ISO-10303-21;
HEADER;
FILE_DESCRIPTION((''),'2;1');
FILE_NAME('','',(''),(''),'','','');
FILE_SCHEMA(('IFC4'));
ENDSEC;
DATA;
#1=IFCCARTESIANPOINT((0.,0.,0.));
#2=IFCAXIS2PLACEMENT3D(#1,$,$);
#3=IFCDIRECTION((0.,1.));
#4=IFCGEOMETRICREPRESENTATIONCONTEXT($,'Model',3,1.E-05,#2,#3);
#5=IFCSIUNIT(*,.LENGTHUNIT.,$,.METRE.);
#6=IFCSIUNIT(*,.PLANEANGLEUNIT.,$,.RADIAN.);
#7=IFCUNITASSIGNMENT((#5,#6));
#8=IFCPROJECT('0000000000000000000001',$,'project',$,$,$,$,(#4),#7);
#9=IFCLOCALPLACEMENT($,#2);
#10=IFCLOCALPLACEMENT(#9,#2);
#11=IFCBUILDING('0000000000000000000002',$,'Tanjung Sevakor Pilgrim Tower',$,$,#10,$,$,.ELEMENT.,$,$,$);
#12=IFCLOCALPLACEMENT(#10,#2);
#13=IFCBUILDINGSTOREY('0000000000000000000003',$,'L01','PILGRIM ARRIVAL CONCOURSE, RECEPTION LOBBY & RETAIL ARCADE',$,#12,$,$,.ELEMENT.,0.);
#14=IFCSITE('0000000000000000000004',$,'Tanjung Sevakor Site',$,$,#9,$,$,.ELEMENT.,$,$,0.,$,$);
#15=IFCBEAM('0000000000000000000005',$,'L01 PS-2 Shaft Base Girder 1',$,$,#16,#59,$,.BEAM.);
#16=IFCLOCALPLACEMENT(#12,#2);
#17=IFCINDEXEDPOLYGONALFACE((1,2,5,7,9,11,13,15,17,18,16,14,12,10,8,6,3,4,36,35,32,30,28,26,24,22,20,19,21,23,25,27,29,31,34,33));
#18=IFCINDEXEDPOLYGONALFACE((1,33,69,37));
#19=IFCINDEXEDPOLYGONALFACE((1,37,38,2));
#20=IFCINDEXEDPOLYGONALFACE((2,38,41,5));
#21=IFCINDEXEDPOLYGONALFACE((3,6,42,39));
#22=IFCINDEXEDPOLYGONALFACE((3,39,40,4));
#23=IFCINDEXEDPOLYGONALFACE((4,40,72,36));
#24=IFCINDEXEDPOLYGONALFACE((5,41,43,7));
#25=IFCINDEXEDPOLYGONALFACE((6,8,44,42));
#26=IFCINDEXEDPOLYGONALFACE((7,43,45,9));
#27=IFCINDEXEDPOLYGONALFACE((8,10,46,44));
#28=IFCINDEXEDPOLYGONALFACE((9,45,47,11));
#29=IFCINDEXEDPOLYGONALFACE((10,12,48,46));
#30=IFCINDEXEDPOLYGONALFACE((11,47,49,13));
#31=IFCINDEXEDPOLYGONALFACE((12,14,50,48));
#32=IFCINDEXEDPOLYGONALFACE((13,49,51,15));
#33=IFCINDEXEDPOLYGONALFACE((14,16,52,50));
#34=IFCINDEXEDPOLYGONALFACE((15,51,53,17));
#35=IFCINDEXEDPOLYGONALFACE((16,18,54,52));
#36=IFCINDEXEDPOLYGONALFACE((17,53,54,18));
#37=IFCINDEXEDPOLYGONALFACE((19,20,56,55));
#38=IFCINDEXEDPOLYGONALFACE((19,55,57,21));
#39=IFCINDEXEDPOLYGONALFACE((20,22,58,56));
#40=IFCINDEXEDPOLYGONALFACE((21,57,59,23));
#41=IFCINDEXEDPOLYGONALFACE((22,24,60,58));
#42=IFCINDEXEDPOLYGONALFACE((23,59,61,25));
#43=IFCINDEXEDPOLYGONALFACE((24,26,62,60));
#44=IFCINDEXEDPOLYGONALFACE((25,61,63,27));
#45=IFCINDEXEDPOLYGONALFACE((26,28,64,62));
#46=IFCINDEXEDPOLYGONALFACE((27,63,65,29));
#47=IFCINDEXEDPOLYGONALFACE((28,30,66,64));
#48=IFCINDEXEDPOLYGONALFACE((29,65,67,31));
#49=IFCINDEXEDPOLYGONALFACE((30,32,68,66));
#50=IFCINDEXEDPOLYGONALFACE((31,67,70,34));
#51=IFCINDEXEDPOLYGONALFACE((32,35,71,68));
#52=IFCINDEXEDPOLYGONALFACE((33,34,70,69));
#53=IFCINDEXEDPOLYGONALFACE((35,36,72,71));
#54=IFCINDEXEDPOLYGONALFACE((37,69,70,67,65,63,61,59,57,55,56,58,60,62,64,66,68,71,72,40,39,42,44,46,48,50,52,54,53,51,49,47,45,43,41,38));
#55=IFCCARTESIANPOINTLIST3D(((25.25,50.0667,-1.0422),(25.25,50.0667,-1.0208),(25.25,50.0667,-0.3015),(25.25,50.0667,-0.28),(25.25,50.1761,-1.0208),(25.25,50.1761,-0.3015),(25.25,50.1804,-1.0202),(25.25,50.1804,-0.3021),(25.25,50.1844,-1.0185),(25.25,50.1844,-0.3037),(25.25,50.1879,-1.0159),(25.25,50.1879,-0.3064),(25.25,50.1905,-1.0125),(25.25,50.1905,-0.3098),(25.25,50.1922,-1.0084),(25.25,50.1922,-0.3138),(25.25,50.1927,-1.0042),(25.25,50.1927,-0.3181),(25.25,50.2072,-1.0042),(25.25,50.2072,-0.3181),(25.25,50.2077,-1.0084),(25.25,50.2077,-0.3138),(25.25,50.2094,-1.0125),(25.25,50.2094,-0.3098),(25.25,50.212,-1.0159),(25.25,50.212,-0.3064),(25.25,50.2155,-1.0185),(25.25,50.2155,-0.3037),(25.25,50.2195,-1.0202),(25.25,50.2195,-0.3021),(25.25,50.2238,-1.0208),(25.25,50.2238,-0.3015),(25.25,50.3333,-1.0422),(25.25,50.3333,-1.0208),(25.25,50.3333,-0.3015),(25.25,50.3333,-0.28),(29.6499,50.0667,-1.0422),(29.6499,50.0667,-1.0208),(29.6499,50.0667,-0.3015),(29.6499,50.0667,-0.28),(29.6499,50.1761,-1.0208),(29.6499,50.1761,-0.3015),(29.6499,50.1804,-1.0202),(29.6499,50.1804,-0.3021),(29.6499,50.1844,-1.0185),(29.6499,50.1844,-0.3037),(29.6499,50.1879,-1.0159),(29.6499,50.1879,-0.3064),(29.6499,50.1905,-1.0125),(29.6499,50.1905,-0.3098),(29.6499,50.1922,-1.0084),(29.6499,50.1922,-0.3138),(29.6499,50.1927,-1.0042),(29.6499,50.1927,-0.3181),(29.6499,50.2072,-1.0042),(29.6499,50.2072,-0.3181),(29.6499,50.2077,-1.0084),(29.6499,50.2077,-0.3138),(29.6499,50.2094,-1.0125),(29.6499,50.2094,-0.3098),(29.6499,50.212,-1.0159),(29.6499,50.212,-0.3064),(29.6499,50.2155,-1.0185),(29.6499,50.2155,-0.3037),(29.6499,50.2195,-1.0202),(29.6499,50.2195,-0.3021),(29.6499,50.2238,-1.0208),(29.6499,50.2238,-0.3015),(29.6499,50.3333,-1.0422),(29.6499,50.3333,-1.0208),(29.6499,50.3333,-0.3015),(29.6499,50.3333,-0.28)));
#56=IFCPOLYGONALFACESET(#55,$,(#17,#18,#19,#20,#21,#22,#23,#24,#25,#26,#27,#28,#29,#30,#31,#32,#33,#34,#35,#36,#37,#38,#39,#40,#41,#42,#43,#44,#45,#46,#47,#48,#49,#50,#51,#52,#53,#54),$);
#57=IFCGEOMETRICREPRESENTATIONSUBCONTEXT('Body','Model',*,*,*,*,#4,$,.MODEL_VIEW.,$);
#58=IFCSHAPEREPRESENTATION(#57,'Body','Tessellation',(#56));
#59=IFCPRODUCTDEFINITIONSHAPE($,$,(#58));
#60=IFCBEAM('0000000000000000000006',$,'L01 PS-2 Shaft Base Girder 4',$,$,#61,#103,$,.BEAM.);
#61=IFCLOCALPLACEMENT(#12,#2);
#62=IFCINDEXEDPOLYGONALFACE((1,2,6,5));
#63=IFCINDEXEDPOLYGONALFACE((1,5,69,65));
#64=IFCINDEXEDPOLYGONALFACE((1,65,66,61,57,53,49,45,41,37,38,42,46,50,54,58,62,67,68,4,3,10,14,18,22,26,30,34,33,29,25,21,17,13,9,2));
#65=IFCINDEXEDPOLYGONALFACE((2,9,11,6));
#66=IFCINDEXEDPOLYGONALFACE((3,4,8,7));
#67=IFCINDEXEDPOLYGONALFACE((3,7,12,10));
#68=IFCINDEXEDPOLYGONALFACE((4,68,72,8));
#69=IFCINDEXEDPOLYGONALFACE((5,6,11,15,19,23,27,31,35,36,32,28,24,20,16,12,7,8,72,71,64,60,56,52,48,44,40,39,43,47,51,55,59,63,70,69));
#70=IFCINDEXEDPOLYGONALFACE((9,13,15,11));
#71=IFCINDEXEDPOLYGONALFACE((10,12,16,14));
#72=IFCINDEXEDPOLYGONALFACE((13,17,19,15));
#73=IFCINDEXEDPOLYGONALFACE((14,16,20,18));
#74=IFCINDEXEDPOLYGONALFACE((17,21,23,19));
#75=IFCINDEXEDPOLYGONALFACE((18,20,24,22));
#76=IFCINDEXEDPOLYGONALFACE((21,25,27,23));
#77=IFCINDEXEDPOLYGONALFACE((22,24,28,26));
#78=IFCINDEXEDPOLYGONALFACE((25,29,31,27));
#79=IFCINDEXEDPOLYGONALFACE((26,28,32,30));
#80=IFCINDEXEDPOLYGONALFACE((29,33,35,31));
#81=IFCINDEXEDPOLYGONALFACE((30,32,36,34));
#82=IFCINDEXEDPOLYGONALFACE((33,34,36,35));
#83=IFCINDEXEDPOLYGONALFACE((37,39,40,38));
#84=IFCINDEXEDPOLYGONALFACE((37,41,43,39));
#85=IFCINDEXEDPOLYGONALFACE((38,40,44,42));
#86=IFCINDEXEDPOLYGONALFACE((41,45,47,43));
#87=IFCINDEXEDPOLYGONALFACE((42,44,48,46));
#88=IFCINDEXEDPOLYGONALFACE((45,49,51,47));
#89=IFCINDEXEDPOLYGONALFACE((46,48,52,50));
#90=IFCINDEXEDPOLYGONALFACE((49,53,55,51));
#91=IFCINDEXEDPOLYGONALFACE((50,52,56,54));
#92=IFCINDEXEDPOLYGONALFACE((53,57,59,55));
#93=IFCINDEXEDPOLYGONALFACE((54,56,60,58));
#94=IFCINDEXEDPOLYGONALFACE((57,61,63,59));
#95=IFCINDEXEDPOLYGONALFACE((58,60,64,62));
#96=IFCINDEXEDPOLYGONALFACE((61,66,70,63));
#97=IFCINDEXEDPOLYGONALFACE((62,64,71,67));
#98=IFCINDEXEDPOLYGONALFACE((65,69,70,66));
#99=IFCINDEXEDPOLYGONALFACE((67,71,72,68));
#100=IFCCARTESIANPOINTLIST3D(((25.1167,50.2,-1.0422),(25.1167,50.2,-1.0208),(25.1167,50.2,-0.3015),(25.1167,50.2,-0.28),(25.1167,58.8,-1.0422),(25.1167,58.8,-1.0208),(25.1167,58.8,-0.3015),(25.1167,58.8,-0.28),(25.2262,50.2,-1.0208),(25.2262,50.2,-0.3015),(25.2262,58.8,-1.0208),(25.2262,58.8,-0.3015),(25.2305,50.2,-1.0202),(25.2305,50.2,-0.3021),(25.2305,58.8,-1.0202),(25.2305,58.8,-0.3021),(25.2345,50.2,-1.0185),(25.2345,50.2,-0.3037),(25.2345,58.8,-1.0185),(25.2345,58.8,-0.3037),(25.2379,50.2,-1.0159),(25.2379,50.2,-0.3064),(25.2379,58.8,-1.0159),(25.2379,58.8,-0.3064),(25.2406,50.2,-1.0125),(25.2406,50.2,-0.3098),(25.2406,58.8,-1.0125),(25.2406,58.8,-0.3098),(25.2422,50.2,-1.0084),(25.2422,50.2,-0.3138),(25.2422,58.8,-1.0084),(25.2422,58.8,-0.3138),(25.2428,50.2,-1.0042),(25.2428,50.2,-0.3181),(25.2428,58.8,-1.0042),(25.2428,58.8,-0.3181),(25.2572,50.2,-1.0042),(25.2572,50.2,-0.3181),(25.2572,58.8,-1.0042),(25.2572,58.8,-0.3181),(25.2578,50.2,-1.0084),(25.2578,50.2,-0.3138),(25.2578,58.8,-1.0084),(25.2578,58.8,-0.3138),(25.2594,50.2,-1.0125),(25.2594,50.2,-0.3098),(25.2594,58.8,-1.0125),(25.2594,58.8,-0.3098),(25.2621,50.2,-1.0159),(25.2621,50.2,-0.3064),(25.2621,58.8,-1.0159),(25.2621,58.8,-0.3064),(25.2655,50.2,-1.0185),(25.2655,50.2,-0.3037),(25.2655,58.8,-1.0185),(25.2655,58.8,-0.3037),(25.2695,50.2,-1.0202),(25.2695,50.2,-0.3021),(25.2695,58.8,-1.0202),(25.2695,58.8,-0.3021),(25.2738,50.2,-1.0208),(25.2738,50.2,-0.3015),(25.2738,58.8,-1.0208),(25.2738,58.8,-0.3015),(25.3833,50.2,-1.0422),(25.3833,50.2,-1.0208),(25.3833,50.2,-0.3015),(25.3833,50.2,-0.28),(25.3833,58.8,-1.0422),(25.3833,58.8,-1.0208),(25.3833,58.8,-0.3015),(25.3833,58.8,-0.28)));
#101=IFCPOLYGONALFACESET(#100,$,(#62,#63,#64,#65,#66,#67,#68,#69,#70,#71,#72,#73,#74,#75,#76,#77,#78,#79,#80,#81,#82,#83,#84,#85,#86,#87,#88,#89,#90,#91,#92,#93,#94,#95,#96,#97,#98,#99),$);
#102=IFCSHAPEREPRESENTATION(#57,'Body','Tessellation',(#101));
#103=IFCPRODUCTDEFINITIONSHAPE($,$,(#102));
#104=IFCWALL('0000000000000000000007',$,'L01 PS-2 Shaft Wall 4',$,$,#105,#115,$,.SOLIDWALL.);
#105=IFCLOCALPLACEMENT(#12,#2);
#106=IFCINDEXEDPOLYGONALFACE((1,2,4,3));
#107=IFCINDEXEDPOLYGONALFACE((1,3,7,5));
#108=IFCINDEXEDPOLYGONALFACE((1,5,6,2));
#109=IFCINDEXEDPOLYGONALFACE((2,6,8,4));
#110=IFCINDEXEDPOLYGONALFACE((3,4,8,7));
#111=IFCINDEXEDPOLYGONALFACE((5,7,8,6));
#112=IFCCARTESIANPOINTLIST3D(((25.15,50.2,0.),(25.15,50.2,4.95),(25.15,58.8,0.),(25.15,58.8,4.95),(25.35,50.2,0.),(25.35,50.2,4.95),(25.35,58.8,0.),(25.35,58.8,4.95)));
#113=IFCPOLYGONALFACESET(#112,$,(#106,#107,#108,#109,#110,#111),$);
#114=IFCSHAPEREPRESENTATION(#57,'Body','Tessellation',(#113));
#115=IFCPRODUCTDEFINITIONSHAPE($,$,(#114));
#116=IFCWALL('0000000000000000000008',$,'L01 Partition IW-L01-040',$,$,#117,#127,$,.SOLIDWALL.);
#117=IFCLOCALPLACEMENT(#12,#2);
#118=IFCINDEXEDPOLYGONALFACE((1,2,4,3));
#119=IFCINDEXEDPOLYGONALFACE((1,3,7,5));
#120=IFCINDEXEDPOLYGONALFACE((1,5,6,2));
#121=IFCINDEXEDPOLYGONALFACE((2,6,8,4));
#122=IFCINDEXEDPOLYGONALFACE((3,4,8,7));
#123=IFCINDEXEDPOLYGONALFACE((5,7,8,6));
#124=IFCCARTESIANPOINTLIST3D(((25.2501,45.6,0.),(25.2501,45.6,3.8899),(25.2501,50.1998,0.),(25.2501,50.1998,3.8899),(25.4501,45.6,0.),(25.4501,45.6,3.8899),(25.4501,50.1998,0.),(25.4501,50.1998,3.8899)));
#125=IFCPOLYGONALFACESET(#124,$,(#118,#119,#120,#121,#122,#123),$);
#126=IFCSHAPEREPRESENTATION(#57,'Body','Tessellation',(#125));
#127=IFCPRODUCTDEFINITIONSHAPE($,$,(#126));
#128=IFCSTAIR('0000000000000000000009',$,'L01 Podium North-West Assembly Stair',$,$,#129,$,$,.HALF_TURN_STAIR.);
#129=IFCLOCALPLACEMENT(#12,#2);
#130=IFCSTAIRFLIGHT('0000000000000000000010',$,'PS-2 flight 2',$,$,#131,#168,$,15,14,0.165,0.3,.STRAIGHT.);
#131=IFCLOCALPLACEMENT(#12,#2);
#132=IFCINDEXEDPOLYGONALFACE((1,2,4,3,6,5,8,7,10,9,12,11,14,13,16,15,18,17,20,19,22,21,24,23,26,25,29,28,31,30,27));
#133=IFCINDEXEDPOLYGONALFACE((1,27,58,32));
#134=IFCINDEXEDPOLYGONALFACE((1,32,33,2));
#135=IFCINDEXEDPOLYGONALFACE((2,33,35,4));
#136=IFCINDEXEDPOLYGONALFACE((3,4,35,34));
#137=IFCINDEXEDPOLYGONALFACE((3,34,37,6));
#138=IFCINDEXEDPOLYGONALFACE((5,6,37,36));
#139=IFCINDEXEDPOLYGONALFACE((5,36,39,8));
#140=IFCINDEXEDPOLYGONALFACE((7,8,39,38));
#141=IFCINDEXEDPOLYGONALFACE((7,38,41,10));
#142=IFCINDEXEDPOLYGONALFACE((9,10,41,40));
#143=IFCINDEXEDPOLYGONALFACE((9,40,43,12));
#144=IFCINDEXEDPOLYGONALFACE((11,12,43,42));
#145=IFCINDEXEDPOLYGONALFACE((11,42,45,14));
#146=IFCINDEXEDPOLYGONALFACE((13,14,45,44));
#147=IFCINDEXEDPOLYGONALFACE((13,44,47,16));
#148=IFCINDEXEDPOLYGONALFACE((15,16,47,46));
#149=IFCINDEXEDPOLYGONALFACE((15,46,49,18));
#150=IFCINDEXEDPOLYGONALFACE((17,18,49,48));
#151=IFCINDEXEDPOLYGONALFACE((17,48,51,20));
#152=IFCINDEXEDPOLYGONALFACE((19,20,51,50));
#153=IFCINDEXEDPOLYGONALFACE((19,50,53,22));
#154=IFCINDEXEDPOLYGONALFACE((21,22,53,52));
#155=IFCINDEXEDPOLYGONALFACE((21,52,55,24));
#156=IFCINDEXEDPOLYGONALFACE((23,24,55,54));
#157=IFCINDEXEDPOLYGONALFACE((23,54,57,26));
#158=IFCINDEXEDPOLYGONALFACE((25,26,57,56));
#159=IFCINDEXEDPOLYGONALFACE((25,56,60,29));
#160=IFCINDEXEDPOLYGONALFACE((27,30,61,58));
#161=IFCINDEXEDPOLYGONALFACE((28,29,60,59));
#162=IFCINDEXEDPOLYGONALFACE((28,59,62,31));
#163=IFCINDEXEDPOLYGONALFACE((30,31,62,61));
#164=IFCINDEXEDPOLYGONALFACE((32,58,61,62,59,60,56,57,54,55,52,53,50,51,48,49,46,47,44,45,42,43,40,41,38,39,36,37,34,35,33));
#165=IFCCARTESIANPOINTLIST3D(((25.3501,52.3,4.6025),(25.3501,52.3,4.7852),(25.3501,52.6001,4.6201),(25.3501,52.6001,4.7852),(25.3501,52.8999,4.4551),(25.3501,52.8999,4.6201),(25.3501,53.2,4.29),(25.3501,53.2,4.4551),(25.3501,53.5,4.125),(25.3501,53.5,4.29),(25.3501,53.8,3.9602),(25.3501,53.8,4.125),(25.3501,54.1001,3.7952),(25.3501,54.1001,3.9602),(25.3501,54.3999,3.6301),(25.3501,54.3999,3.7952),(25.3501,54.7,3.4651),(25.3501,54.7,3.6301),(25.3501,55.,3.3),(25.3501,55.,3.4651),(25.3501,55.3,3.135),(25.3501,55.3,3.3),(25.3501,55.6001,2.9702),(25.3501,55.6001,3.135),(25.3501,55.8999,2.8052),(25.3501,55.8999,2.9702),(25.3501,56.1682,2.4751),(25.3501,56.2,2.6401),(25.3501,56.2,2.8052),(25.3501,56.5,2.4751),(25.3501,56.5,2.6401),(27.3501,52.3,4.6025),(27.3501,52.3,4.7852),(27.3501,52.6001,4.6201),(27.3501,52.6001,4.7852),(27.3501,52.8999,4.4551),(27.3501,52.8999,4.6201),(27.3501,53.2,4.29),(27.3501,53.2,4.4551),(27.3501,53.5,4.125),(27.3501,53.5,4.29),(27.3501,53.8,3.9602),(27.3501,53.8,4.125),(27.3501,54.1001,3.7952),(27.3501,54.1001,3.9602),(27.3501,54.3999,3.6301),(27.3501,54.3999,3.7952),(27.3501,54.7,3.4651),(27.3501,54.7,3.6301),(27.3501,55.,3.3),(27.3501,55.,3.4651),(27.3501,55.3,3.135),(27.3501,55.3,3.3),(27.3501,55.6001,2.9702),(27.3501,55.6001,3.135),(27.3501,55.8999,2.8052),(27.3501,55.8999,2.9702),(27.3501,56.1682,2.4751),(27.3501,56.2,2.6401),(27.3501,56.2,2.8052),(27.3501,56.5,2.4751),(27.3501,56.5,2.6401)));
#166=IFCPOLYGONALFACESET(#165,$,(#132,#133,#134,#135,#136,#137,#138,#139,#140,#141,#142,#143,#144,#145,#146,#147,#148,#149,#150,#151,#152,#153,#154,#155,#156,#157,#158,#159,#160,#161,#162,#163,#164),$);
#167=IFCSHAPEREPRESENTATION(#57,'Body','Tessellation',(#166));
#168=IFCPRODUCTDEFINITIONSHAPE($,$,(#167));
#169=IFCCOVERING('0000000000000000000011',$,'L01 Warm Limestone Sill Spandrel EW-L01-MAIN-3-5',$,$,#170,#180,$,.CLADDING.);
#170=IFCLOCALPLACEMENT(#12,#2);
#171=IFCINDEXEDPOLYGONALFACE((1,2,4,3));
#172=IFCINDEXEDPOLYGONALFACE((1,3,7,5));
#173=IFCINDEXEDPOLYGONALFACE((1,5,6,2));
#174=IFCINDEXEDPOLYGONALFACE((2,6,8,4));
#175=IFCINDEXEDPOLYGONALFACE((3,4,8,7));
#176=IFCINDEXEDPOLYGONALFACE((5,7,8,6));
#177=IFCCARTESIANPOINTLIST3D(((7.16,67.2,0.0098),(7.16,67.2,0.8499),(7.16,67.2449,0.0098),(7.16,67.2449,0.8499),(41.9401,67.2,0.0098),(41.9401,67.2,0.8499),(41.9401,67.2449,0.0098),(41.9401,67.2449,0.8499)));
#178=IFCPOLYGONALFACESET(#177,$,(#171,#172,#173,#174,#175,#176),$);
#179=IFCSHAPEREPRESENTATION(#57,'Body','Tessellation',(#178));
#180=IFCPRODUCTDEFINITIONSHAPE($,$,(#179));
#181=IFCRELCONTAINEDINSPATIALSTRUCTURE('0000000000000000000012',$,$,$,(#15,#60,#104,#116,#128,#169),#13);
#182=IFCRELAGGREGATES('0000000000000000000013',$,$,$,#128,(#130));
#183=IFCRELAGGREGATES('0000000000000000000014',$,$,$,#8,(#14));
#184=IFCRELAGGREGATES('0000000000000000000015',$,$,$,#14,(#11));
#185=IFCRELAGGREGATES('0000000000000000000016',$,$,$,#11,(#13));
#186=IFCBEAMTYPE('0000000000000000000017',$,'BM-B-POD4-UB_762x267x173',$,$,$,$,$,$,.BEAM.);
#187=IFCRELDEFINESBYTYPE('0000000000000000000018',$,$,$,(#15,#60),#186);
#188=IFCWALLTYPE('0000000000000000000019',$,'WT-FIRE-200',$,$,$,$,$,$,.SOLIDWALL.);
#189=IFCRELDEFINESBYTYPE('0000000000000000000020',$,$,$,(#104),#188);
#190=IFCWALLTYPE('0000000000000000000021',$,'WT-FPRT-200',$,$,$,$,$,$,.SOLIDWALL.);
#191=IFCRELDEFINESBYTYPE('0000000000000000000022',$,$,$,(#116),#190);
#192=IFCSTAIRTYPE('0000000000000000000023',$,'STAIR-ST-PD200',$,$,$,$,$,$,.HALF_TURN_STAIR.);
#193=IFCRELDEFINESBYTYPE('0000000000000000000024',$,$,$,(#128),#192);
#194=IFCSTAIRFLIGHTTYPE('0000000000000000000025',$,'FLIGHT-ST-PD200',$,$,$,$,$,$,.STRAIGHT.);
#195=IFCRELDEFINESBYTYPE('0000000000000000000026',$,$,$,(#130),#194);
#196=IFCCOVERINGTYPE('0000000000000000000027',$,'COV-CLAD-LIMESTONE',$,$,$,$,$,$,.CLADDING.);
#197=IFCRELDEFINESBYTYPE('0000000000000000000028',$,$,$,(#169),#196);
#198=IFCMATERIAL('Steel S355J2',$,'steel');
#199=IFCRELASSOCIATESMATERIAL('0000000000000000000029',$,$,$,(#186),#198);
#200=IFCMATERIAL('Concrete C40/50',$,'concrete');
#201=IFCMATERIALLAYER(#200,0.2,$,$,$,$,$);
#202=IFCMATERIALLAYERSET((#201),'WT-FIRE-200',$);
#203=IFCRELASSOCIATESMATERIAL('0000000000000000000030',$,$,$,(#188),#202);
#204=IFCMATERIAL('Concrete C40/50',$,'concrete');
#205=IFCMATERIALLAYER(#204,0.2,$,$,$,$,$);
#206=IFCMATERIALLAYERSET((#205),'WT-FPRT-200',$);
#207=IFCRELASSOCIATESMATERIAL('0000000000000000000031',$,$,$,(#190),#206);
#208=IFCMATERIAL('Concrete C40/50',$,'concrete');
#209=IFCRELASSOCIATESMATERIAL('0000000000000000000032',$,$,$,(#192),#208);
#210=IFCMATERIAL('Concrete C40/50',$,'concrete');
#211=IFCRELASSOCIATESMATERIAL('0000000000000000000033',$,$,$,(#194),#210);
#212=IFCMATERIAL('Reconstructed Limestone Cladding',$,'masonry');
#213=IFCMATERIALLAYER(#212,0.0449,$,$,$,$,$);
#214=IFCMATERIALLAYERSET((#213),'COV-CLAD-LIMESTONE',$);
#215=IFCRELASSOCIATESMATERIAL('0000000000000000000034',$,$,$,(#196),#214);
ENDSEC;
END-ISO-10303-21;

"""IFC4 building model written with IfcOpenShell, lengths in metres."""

from ifc_helpers import new_model, si_unit, direction, frame, frame_2d, origin, origin_2d, place, context, subcontext, project, spatial, polyline, rectangle, i_section, outline, extrude, material, layer, layer_set, material_profile, profile_set, type_object, element, aggregate, save


model = new_model("IFC4")

# Units and contexts
model_context = context("Model", 3, precision=1e-05, world=origin(), true_north=direction((0.0, 1.0)))
body_context = subcontext(model_context, "Body", "Model", "MODEL_VIEW")
ifc_project = project(units=[si_unit("LENGTHUNIT", "METRE"), si_unit("PLANEANGLEUNIT", "RADIAN")], contexts=[model_context])

# Site, building, storey
site_placement = place(None, origin())
site = spatial("IfcSite", under=ifc_project, at=site_placement, Name="Tanjung Sevakor Site", CompositionType="ELEMENT", RefElevation=0.0)
building_placement = place(site_placement, origin())
building = spatial("IfcBuilding", under=site, at=building_placement, Name="Tanjung Sevakor Pilgrim Tower", CompositionType="ELEMENT")
storey_placement = place(building_placement, origin())
storey = spatial("IfcBuildingStorey", under=building, at=storey_placement, Name="L01", Description="PILGRIM ARRIVAL CONCOURSE, RECEPTION LOBBY & RETAIL ARCADE", CompositionType="ELEMENT", Elevation=0.0)

# Beams
ifc_material_1 = material(Name="Steel S355J2", Category="steel")
ifc_material_profile_1 = material_profile(ifc_material_1, i_section(OverallWidth=0.2666, OverallDepth=0.7622, WebThickness=0.0144, FlangeThickness=0.0215, FilletRadius=0.0166, at=origin_2d()))
ifc_profile_set_1 = profile_set([ifc_material_profile_1], Name="Steel S355J2")
beam_type_1 = type_object("IfcBeamType", Name="BM-B-POD4-UB_762x267x173", PredefinedType="BEAM", material=ifc_profile_set_1)
beam_1_placement = place(storey_placement, frame((25.25, 50.2, -0.6611), z_axis=(1.0, 0.0, 0.0), x_axis=(0.0, 1.0, 0.0)))
element("IfcBeam", 1, at=beam_1_placement, inside=storey, type_object=beam_type_1, Name="L01 PS-2 Shaft Base Girder 1", PredefinedType="BEAM", context=body_context, shape_type="SweptSolid", body=[
    extrude(i_section(OverallWidth=0.2666, OverallDepth=0.7622, WebThickness=0.0144, FlangeThickness=0.0215, FilletRadius=0.0166, at=origin_2d()), origin(), (0.0, 0.0, 1.0), 4.3999),
])
beam_2_placement = place(storey_placement, frame((25.25, 58.8, -0.6611), z_axis=(0.0, -1.0, 0.0), x_axis=(1.0, 0.0, 0.0)))
element("IfcBeam", 2, at=beam_2_placement, inside=storey, type_object=beam_type_1, Name="L01 PS-2 Shaft Base Girder 4", PredefinedType="BEAM", context=body_context, shape_type="SweptSolid", body=[
    extrude(i_section(OverallWidth=0.2666, OverallDepth=0.7622, WebThickness=0.0144, FlangeThickness=0.0215, FilletRadius=0.0166, at=origin_2d()), origin(), (0.0, 0.0, 1.0), 8.6001),
])

# Shared definitions
ifc_material_2 = material(Name="Concrete C40/50", Category="concrete")
ifc_layer_1 = layer(ifc_material_2, 0.2)
ifc_layer_set_1 = layer_set([ifc_layer_1], Name="WT-FIRE-200")
wall_type_1 = type_object("IfcWallType", Name="WT-FIRE-200", PredefinedType="SOLIDWALL", material=ifc_layer_set_1)

# Walls
wall_1_placement = place(storey_placement, frame((25.25, 58.8, 0.0), z_axis=(0.0, 0.0, 1.0), x_axis=(0.0, -1.0, 0.0)))
element("IfcWall", 3, at=wall_1_placement, inside=storey, type_object=wall_type_1, Name="L01 PS-2 Shaft Wall 4", PredefinedType="SOLIDWALL", context=body_context, shape_type="SweptSolid", body=[
    extrude(rectangle(XDim=8.6001, YDim=0.2, at=frame_2d((4.3, 0.0))), origin(), (0.0, 0.0, 1.0), 4.95),
])
ifc_material_3 = material(Name="Concrete C40/50", Category="concrete")
ifc_layer_2 = layer(ifc_material_3, 0.2)
ifc_layer_set_2 = layer_set([ifc_layer_2], Name="WT-FPRT-200")
wall_type_2 = type_object("IfcWallType", Name="WT-FPRT-200", PredefinedType="SOLIDWALL", material=ifc_layer_set_2)
wall_2_placement = place(storey_placement, frame((25.3501, 45.6001, 0.0), z_axis=(0.0, 0.0, 1.0), x_axis=(0.0, 1.0, 0.0)))
element("IfcWall", 4, at=wall_2_placement, inside=storey, type_object=wall_type_2, Name="L01 Partition IW-L01-040", PredefinedType="SOLIDWALL", context=body_context, shape_type="SweptSolid", body=[
    extrude(rectangle(XDim=4.5999, YDim=0.2, at=frame_2d((2.2998, 0.0))), origin(), (0.0, 0.0, 1.0), 3.8899),
])

# Stair, stair flight
ifc_material_4 = material(Name="Concrete C40/50", Category="concrete")
stair_type = type_object("IfcStairType", Name="STAIR-ST-PD200", PredefinedType="HALF_TURN_STAIR", material=ifc_material_4)
stair_placement = place(storey_placement, origin())
stair = element("IfcStair", 5, at=stair_placement, inside=storey, type_object=stair_type, Name="L01 Podium North-West Assembly Stair", PredefinedType="HALF_TURN_STAIR")
ifc_material_5 = material(Name="Concrete C40/50", Category="concrete")
stair_flight_type = type_object("IfcStairFlightType", Name="FLIGHT-ST-PD200", PredefinedType="STRAIGHT", material=ifc_material_5)
stair_flight_placement = place(storey_placement, frame((26.3501, 56.5, 2.4751), z_axis=(0.0, 0.0, 1.0), x_axis=(0.0, -1.0, 0.0)))
stair_flight = element("IfcStairFlight", 6, at=stair_flight_placement, type_object=stair_flight_type, Name="PS-2 flight 2", NumberOfRisers=15, NumberOfTreads=14, PredefinedType="STRAIGHT", RiserHeight=0.165, TreadLength=0.3, context=body_context, shape_type="SweptSolid", body=[
    extrude(outline(polyline([(0.0, 0.0), (0.0, 0.165), (0.3, 0.165), (0.3, 0.3301), (0.6001, 0.3301), (0.6001, 0.4951), (0.8999, 0.4951), (0.8999, 0.6599), (1.2, 0.6599), (1.2, 0.825), (1.5, 0.825), (1.5, 0.99), (1.8, 0.99), (1.8, 1.155), (2.1001, 1.155), (2.1001, 1.3201), (2.3999, 1.3201), (2.3999, 1.4851), (2.7, 1.4851), (2.7, 1.6499), (3.0, 1.6499), (3.0, 1.8149), (3.3, 1.8149), (3.3, 1.98), (3.6001, 1.98), (3.6001, 2.145), (3.8999, 2.145), (3.8999, 2.3101), (4.2, 2.3101), (4.2, 2.4751), (4.2, 2.1274), (0.3318, 0.0), (0.0, 0.0)])), frame((0.0, 1.0, 0.0), z_axis=(0.0, -1.0, 0.0), x_axis=(1.0, 0.0, 0.0)), (0.0, 0.0, 1.0), 2.0),
])
aggregate(stair, [stair_flight])

# Covering
ifc_material_6 = material(Name="Reconstructed Limestone Cladding", Category="masonry")
ifc_layer_3 = layer(ifc_material_6, 0.0449)
ifc_layer_set_3 = layer_set([ifc_layer_3], Name="COV-CLAD-LIMESTONE")
covering_type = type_object("IfcCoveringType", Name="COV-CLAD-LIMESTONE", PredefinedType="CLADDING", material=ifc_layer_set_3)
covering_placement = place(storey_placement, frame((24.55, 67.2224, 0.0098), z_axis=(0.0, 0.0, 1.0), x_axis=(-1.0, 0.0, 0.0)))
element("IfcCovering", 7, at=covering_placement, inside=storey, type_object=covering_type, Name="L01 Warm Limestone Sill Spandrel EW-L01-MAIN-3-5", PredefinedType="CLADDING", context=body_context, shape_type="SweptSolid", body=[
    extrude(rectangle(XDim=34.78, YDim=0.0449, at=origin_2d()), origin(), (0.0, 0.0, 1.0), 0.8401),
])

save(model, "model.ifc")
